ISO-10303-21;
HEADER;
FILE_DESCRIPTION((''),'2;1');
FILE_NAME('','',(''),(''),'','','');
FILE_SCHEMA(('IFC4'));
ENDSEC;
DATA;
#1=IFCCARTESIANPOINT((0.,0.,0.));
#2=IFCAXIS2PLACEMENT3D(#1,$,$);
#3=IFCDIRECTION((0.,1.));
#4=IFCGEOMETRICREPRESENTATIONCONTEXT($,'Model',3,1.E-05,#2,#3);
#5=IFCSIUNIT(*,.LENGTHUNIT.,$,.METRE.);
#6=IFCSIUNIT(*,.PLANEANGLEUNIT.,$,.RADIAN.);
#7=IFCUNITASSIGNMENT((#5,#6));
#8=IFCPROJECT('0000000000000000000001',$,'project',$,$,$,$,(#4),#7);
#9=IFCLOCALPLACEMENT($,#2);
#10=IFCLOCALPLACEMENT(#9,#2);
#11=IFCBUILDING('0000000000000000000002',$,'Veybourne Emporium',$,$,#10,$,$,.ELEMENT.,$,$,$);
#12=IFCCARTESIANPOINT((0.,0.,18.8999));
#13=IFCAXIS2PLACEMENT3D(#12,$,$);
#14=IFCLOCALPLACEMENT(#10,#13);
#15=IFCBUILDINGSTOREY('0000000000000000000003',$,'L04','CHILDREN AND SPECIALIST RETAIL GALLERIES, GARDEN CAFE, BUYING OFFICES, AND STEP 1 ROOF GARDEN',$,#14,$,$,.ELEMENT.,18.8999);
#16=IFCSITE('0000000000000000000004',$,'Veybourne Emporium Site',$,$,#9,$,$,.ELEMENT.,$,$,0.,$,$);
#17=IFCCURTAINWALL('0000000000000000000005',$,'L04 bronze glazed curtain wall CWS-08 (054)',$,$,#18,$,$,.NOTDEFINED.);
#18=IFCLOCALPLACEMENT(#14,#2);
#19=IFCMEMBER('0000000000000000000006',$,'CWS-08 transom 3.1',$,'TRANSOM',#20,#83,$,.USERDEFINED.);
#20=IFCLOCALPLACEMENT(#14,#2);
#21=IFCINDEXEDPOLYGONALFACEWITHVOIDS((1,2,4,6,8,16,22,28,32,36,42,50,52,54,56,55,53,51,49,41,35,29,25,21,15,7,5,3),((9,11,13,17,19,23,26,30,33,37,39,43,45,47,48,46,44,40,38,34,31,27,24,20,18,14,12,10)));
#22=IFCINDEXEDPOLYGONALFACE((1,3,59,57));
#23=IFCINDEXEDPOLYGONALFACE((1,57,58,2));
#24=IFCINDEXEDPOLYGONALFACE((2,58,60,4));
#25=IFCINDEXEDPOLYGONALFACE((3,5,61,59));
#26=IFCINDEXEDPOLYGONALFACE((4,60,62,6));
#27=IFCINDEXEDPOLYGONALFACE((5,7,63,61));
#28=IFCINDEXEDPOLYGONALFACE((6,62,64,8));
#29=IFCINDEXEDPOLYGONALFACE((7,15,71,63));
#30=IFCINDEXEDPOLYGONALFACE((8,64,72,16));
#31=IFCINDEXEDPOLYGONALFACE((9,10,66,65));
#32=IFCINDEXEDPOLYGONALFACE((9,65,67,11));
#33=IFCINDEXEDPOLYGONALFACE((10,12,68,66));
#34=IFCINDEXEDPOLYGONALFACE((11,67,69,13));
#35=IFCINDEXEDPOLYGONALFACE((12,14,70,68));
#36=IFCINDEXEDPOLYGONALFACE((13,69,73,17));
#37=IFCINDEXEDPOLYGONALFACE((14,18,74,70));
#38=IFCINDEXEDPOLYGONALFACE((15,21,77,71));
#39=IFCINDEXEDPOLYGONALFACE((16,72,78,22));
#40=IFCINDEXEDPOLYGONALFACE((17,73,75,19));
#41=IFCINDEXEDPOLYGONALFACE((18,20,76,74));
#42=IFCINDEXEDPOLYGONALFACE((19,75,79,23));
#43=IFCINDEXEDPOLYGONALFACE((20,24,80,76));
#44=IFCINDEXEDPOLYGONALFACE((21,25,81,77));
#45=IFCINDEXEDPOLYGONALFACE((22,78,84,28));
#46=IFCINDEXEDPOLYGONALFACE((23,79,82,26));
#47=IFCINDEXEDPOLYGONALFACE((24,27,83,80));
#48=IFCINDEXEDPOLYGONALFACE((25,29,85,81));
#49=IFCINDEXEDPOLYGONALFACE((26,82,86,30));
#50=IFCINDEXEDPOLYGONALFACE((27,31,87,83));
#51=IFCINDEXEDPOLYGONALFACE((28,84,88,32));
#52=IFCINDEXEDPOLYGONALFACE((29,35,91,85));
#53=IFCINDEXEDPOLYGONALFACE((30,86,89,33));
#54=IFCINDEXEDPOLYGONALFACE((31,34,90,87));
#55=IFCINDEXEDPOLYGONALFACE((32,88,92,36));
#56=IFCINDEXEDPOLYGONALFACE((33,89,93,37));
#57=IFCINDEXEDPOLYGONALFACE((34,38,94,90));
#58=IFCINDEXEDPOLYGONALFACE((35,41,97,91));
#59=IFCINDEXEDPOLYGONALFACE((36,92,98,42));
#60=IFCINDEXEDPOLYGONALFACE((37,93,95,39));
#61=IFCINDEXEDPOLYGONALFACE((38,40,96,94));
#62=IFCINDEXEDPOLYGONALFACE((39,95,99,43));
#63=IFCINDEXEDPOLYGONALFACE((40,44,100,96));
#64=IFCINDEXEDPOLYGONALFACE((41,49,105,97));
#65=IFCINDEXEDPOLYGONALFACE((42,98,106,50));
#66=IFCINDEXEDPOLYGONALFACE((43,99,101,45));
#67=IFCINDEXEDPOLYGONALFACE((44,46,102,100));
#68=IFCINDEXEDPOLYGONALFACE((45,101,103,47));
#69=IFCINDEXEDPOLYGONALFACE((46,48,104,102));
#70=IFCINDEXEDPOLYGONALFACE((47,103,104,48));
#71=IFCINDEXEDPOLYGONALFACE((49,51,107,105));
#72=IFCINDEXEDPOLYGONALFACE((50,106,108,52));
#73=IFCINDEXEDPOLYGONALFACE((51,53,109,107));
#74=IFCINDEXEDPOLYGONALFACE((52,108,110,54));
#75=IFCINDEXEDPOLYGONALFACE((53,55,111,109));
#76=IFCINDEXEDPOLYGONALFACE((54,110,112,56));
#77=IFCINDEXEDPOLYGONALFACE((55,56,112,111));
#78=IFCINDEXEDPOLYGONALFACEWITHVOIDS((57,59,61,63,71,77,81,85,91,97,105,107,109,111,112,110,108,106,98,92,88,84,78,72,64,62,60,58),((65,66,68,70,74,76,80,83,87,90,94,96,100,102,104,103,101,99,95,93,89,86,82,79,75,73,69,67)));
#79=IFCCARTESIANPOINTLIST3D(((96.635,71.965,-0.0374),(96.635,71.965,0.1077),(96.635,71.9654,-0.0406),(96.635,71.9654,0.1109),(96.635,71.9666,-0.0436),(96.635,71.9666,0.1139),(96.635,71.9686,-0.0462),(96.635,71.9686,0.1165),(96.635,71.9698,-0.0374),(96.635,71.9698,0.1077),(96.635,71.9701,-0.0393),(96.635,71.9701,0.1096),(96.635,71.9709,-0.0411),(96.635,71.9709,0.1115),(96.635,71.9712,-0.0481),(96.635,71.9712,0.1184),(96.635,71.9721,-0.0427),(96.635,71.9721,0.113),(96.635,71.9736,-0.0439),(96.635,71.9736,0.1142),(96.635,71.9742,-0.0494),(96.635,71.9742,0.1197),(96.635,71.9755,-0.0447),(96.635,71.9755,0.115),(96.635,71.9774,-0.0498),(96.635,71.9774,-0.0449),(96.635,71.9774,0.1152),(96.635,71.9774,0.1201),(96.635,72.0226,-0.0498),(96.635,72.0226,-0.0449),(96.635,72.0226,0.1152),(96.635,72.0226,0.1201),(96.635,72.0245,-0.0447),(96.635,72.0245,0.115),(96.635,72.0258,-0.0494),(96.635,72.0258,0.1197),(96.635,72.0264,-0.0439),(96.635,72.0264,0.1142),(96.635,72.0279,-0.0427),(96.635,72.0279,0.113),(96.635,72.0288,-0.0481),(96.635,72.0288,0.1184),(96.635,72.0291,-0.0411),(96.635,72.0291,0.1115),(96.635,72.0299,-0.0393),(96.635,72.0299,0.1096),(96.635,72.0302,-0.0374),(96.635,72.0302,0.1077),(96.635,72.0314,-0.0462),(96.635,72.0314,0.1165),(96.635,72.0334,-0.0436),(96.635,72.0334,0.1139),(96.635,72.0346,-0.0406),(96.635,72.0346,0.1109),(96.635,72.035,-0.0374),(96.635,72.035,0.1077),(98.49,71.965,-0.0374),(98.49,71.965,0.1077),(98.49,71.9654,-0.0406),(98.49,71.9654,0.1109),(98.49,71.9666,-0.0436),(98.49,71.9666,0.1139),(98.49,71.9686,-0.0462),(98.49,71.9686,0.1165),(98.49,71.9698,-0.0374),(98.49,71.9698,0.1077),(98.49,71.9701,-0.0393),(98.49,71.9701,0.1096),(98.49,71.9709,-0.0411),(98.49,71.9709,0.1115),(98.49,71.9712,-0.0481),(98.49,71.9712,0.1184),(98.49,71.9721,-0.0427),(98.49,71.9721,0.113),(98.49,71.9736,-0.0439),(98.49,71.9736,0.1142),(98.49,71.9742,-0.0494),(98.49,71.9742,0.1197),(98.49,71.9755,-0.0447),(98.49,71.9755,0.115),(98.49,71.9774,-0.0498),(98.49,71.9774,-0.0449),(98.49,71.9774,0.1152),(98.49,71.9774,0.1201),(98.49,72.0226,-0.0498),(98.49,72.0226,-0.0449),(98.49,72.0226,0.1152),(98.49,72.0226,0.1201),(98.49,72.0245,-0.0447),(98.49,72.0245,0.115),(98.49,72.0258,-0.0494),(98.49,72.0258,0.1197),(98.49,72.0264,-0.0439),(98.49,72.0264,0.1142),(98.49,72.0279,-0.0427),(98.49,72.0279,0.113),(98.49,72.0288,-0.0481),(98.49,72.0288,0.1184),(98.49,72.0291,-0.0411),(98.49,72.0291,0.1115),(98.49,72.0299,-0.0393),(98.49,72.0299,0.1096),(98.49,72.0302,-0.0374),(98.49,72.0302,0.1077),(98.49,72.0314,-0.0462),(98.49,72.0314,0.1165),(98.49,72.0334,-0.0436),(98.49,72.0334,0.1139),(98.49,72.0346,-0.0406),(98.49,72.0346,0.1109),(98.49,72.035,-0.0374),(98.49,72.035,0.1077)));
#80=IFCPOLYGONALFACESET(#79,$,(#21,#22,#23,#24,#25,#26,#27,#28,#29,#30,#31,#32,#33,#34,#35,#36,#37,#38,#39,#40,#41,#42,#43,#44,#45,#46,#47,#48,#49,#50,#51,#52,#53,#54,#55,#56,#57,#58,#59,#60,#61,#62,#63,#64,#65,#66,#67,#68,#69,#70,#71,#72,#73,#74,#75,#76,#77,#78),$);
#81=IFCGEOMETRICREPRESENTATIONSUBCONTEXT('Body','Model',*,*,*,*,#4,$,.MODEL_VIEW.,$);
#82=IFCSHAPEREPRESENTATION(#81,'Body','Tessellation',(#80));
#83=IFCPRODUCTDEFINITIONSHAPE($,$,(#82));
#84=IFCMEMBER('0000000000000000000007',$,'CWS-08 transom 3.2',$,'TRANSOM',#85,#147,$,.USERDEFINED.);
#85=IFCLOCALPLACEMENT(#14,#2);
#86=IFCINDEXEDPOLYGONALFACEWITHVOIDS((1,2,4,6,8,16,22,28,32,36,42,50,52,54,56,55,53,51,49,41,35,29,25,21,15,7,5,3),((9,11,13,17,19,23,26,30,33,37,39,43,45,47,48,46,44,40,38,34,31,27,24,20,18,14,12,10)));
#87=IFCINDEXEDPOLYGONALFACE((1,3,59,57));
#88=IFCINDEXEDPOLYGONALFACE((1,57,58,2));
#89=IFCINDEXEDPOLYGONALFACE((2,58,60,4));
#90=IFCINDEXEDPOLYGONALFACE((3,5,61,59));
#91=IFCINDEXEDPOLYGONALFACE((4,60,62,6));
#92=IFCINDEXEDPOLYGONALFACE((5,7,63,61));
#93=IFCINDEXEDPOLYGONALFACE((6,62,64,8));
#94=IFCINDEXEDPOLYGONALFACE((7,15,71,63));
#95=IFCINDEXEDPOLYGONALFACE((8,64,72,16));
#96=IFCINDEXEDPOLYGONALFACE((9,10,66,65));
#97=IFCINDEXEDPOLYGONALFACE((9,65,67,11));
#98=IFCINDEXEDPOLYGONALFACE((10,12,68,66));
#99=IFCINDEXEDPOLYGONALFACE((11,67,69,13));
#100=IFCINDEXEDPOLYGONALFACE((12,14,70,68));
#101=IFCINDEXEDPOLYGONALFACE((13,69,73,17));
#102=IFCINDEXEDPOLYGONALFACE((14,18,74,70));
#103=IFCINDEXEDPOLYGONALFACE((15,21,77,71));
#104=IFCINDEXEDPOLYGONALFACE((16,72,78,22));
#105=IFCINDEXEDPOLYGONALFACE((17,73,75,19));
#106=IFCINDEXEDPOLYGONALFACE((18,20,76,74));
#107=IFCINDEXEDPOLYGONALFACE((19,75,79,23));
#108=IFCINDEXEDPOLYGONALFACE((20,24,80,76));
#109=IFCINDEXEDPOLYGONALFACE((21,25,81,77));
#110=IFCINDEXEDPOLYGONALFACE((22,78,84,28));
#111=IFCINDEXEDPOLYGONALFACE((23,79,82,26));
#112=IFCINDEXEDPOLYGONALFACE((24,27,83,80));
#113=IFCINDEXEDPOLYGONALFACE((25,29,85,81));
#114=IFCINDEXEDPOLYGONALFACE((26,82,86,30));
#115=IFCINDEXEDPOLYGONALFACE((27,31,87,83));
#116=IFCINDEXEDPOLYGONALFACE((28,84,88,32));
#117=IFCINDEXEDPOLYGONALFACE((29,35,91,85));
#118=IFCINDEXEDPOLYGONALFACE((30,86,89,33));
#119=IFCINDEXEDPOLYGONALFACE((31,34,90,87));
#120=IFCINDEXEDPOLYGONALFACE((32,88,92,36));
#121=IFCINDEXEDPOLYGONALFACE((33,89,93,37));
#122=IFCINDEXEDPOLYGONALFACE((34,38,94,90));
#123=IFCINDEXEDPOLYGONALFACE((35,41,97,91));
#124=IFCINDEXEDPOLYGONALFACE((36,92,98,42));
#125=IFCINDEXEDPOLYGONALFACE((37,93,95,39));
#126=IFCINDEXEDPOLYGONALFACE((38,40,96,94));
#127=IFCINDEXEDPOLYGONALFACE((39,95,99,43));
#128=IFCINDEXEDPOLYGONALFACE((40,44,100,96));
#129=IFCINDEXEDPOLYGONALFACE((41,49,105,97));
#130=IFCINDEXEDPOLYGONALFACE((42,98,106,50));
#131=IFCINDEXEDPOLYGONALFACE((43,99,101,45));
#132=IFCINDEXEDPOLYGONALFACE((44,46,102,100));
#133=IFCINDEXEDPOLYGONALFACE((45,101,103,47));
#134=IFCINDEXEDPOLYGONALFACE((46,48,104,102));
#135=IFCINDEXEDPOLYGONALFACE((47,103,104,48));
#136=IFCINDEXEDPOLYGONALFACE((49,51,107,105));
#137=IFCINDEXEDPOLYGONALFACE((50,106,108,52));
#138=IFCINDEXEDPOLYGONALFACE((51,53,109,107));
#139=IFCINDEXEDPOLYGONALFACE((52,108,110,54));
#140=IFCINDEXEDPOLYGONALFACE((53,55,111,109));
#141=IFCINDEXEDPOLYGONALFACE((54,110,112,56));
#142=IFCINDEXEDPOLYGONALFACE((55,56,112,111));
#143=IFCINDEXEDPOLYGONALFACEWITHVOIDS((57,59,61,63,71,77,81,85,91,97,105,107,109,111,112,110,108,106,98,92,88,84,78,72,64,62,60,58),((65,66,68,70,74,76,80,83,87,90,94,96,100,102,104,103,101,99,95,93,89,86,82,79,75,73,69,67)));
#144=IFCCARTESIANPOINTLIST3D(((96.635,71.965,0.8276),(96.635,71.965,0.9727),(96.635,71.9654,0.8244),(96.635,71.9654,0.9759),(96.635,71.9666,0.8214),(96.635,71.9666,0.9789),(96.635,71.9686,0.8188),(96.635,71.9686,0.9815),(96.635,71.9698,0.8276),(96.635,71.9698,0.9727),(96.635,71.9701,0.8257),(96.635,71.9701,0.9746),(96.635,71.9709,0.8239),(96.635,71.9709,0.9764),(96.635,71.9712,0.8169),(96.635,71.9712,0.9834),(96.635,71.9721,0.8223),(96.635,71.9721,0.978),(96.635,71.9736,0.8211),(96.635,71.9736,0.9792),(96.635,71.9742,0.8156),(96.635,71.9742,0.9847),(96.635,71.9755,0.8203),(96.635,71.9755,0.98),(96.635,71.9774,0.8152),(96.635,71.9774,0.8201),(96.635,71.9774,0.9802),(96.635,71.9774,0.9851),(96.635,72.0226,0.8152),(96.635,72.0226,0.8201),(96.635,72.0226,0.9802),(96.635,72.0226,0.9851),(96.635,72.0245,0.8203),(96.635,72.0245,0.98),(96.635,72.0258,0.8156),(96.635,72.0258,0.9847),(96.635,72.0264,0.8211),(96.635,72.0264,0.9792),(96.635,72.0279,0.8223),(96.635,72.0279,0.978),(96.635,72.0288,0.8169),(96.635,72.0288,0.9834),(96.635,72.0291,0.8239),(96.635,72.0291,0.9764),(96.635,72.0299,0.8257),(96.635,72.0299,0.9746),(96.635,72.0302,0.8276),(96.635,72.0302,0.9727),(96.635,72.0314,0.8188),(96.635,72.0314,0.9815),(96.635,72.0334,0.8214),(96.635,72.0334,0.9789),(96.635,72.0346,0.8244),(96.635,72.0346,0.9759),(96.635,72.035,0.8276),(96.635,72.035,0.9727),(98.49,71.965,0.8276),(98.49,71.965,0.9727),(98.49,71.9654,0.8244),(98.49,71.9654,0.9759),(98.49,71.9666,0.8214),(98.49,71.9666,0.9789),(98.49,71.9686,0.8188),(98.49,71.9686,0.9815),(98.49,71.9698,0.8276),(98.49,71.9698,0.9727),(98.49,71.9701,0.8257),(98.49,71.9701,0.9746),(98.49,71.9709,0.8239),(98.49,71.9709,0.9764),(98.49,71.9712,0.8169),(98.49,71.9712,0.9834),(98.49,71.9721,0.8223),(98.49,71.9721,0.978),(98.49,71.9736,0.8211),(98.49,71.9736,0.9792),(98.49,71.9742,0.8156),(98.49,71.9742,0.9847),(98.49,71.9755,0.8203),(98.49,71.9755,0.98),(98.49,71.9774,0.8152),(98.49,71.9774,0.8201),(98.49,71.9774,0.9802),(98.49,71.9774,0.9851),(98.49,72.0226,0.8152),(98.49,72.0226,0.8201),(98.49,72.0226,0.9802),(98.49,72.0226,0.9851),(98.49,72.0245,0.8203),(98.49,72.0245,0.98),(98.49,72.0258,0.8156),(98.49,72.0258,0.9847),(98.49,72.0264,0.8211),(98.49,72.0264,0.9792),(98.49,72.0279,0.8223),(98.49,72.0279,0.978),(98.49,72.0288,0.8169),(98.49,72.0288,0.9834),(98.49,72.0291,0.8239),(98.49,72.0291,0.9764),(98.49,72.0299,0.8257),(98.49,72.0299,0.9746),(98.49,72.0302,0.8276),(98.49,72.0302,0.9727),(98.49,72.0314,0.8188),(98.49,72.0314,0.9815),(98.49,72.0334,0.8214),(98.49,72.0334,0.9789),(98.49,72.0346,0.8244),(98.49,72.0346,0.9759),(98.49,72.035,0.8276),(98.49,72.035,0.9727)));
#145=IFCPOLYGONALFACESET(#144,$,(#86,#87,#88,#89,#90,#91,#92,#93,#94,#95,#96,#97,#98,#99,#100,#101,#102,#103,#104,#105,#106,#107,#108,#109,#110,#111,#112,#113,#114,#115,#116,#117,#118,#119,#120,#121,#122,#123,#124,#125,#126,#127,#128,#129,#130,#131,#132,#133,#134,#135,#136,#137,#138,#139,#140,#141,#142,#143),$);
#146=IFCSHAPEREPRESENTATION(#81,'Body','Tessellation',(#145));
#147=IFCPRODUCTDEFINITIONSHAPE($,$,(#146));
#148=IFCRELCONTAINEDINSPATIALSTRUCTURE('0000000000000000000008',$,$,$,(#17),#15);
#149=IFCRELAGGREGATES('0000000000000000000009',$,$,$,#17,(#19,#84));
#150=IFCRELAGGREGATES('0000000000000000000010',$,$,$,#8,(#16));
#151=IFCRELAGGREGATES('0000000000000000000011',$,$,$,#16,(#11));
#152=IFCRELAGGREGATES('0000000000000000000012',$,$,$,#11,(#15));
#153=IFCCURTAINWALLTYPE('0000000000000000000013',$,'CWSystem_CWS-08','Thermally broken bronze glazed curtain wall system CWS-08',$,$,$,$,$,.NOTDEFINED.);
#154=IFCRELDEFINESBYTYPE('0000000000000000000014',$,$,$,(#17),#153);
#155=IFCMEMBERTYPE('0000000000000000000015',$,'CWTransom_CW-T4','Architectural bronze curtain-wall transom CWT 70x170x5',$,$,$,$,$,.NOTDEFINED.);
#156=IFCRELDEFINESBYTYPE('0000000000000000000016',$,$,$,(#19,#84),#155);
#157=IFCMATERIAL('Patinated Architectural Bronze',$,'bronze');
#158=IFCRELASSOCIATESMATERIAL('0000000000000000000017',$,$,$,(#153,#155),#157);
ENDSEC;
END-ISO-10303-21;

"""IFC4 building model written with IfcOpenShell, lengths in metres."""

from ifc_helpers import new_model, si_unit, direction, frame, origin, origin_2d, place, context, subcontext, project, spatial, hollow_rectangle, extrude, material, material_profile, profile_set, type_object, element, aggregate, save


model = new_model("IFC4")

# Units and contexts
model_context = context("Model", 3, precision=1e-05, world=origin(), true_north=direction((0.0, 1.0)))
body_context = subcontext(model_context, "Body", "Model", "MODEL_VIEW")
ifc_project = project(units=[si_unit("LENGTHUNIT", "METRE"), si_unit("PLANEANGLEUNIT", "RADIAN")], contexts=[model_context])

# Site, building, storey
site_placement = place(None, origin())
site = spatial("IfcSite", under=ifc_project, at=site_placement, Name="Veybourne Emporium Site", CompositionType="ELEMENT", RefElevation=0.0)
building_placement = place(site_placement, origin())
building = spatial("IfcBuilding", under=site, at=building_placement, Name="Veybourne Emporium", CompositionType="ELEMENT")
storey_placement = place(building_placement, frame((0.0, 0.0, 18.8999)))
storey = spatial("IfcBuildingStorey", under=building, at=storey_placement, Name="L04", Description="CHILDREN AND SPECIALIST RETAIL GALLERIES, GARDEN CAFE, BUYING OFFICES, AND STEP 1 ROOF GARDEN", CompositionType="ELEMENT", Elevation=18.8999)

# Curtain wall, members
ifc_material_1 = material(Name="Patinated Architectural Bronze", Category="bronze")
curtain_wall_type = type_object("IfcCurtainWallType", Name="CWSystem_CWS-08", Description="Thermally broken bronze glazed curtain wall system CWS-08", PredefinedType="NOTDEFINED", material=ifc_material_1)
curtain_wall_placement = place(storey_placement, origin())
curtain_wall = element("IfcCurtainWall", 1, at=curtain_wall_placement, inside=storey, type_object=curtain_wall_type, Name="L04 bronze glazed curtain wall CWS-08 (054)", PredefinedType="NOTDEFINED")
ifc_material_profile_1 = material_profile(ifc_material_1, hollow_rectangle(XDim=0.0701, YDim=0.1699, WallThickness=0.0049, InnerFilletRadius=0.0076, OuterFilletRadius=0.0125, at=origin_2d()), Name="CWT 70x170x5")
ifc_profile_set_1 = profile_set([ifc_material_profile_1], Name="Patinated Architectural Bronze")
member_type_1 = type_object("IfcMemberType", Name="CWTransom_CW-T4", Description="Architectural bronze curtain-wall transom CWT 70x170x5", PredefinedType="NOTDEFINED", material=ifc_profile_set_1)
member_1_placement = place(storey_placement, frame((96.635, 72.0, 0.0352), z_axis=(1.0, 0.0, 0.0), x_axis=(0.0, 1.0, 0.0)))
member_1 = element("IfcMember", 2, at=member_1_placement, type_object=member_type_1, Name="CWS-08 transom 3.1", ObjectType="TRANSOM", PredefinedType="USERDEFINED", context=body_context, shape_type="SweptSolid", body=[
    extrude(hollow_rectangle(XDim=0.0701, YDim=0.1699, WallThickness=0.0049, InnerFilletRadius=0.0076, OuterFilletRadius=0.0125, at=origin_2d()), origin(), (0.0, 0.0, 1.0), 1.855),
])
member_2_placement = place(storey_placement, frame((96.635, 72.0, 0.9001), z_axis=(1.0, 0.0, 0.0), x_axis=(0.0, 1.0, 0.0)))
member_2 = element("IfcMember", 3, at=member_2_placement, type_object=member_type_1, Name="CWS-08 transom 3.2", ObjectType="TRANSOM", PredefinedType="USERDEFINED", context=body_context, shape_type="SweptSolid", body=[
    extrude(hollow_rectangle(XDim=0.0701, YDim=0.1699, WallThickness=0.0049, InnerFilletRadius=0.0076, OuterFilletRadius=0.0125, at=origin_2d()), origin(), (0.0, 0.0, 1.0), 1.855),
])
aggregate(curtain_wall, [member_1, member_2])

save(model, "model.ifc")
